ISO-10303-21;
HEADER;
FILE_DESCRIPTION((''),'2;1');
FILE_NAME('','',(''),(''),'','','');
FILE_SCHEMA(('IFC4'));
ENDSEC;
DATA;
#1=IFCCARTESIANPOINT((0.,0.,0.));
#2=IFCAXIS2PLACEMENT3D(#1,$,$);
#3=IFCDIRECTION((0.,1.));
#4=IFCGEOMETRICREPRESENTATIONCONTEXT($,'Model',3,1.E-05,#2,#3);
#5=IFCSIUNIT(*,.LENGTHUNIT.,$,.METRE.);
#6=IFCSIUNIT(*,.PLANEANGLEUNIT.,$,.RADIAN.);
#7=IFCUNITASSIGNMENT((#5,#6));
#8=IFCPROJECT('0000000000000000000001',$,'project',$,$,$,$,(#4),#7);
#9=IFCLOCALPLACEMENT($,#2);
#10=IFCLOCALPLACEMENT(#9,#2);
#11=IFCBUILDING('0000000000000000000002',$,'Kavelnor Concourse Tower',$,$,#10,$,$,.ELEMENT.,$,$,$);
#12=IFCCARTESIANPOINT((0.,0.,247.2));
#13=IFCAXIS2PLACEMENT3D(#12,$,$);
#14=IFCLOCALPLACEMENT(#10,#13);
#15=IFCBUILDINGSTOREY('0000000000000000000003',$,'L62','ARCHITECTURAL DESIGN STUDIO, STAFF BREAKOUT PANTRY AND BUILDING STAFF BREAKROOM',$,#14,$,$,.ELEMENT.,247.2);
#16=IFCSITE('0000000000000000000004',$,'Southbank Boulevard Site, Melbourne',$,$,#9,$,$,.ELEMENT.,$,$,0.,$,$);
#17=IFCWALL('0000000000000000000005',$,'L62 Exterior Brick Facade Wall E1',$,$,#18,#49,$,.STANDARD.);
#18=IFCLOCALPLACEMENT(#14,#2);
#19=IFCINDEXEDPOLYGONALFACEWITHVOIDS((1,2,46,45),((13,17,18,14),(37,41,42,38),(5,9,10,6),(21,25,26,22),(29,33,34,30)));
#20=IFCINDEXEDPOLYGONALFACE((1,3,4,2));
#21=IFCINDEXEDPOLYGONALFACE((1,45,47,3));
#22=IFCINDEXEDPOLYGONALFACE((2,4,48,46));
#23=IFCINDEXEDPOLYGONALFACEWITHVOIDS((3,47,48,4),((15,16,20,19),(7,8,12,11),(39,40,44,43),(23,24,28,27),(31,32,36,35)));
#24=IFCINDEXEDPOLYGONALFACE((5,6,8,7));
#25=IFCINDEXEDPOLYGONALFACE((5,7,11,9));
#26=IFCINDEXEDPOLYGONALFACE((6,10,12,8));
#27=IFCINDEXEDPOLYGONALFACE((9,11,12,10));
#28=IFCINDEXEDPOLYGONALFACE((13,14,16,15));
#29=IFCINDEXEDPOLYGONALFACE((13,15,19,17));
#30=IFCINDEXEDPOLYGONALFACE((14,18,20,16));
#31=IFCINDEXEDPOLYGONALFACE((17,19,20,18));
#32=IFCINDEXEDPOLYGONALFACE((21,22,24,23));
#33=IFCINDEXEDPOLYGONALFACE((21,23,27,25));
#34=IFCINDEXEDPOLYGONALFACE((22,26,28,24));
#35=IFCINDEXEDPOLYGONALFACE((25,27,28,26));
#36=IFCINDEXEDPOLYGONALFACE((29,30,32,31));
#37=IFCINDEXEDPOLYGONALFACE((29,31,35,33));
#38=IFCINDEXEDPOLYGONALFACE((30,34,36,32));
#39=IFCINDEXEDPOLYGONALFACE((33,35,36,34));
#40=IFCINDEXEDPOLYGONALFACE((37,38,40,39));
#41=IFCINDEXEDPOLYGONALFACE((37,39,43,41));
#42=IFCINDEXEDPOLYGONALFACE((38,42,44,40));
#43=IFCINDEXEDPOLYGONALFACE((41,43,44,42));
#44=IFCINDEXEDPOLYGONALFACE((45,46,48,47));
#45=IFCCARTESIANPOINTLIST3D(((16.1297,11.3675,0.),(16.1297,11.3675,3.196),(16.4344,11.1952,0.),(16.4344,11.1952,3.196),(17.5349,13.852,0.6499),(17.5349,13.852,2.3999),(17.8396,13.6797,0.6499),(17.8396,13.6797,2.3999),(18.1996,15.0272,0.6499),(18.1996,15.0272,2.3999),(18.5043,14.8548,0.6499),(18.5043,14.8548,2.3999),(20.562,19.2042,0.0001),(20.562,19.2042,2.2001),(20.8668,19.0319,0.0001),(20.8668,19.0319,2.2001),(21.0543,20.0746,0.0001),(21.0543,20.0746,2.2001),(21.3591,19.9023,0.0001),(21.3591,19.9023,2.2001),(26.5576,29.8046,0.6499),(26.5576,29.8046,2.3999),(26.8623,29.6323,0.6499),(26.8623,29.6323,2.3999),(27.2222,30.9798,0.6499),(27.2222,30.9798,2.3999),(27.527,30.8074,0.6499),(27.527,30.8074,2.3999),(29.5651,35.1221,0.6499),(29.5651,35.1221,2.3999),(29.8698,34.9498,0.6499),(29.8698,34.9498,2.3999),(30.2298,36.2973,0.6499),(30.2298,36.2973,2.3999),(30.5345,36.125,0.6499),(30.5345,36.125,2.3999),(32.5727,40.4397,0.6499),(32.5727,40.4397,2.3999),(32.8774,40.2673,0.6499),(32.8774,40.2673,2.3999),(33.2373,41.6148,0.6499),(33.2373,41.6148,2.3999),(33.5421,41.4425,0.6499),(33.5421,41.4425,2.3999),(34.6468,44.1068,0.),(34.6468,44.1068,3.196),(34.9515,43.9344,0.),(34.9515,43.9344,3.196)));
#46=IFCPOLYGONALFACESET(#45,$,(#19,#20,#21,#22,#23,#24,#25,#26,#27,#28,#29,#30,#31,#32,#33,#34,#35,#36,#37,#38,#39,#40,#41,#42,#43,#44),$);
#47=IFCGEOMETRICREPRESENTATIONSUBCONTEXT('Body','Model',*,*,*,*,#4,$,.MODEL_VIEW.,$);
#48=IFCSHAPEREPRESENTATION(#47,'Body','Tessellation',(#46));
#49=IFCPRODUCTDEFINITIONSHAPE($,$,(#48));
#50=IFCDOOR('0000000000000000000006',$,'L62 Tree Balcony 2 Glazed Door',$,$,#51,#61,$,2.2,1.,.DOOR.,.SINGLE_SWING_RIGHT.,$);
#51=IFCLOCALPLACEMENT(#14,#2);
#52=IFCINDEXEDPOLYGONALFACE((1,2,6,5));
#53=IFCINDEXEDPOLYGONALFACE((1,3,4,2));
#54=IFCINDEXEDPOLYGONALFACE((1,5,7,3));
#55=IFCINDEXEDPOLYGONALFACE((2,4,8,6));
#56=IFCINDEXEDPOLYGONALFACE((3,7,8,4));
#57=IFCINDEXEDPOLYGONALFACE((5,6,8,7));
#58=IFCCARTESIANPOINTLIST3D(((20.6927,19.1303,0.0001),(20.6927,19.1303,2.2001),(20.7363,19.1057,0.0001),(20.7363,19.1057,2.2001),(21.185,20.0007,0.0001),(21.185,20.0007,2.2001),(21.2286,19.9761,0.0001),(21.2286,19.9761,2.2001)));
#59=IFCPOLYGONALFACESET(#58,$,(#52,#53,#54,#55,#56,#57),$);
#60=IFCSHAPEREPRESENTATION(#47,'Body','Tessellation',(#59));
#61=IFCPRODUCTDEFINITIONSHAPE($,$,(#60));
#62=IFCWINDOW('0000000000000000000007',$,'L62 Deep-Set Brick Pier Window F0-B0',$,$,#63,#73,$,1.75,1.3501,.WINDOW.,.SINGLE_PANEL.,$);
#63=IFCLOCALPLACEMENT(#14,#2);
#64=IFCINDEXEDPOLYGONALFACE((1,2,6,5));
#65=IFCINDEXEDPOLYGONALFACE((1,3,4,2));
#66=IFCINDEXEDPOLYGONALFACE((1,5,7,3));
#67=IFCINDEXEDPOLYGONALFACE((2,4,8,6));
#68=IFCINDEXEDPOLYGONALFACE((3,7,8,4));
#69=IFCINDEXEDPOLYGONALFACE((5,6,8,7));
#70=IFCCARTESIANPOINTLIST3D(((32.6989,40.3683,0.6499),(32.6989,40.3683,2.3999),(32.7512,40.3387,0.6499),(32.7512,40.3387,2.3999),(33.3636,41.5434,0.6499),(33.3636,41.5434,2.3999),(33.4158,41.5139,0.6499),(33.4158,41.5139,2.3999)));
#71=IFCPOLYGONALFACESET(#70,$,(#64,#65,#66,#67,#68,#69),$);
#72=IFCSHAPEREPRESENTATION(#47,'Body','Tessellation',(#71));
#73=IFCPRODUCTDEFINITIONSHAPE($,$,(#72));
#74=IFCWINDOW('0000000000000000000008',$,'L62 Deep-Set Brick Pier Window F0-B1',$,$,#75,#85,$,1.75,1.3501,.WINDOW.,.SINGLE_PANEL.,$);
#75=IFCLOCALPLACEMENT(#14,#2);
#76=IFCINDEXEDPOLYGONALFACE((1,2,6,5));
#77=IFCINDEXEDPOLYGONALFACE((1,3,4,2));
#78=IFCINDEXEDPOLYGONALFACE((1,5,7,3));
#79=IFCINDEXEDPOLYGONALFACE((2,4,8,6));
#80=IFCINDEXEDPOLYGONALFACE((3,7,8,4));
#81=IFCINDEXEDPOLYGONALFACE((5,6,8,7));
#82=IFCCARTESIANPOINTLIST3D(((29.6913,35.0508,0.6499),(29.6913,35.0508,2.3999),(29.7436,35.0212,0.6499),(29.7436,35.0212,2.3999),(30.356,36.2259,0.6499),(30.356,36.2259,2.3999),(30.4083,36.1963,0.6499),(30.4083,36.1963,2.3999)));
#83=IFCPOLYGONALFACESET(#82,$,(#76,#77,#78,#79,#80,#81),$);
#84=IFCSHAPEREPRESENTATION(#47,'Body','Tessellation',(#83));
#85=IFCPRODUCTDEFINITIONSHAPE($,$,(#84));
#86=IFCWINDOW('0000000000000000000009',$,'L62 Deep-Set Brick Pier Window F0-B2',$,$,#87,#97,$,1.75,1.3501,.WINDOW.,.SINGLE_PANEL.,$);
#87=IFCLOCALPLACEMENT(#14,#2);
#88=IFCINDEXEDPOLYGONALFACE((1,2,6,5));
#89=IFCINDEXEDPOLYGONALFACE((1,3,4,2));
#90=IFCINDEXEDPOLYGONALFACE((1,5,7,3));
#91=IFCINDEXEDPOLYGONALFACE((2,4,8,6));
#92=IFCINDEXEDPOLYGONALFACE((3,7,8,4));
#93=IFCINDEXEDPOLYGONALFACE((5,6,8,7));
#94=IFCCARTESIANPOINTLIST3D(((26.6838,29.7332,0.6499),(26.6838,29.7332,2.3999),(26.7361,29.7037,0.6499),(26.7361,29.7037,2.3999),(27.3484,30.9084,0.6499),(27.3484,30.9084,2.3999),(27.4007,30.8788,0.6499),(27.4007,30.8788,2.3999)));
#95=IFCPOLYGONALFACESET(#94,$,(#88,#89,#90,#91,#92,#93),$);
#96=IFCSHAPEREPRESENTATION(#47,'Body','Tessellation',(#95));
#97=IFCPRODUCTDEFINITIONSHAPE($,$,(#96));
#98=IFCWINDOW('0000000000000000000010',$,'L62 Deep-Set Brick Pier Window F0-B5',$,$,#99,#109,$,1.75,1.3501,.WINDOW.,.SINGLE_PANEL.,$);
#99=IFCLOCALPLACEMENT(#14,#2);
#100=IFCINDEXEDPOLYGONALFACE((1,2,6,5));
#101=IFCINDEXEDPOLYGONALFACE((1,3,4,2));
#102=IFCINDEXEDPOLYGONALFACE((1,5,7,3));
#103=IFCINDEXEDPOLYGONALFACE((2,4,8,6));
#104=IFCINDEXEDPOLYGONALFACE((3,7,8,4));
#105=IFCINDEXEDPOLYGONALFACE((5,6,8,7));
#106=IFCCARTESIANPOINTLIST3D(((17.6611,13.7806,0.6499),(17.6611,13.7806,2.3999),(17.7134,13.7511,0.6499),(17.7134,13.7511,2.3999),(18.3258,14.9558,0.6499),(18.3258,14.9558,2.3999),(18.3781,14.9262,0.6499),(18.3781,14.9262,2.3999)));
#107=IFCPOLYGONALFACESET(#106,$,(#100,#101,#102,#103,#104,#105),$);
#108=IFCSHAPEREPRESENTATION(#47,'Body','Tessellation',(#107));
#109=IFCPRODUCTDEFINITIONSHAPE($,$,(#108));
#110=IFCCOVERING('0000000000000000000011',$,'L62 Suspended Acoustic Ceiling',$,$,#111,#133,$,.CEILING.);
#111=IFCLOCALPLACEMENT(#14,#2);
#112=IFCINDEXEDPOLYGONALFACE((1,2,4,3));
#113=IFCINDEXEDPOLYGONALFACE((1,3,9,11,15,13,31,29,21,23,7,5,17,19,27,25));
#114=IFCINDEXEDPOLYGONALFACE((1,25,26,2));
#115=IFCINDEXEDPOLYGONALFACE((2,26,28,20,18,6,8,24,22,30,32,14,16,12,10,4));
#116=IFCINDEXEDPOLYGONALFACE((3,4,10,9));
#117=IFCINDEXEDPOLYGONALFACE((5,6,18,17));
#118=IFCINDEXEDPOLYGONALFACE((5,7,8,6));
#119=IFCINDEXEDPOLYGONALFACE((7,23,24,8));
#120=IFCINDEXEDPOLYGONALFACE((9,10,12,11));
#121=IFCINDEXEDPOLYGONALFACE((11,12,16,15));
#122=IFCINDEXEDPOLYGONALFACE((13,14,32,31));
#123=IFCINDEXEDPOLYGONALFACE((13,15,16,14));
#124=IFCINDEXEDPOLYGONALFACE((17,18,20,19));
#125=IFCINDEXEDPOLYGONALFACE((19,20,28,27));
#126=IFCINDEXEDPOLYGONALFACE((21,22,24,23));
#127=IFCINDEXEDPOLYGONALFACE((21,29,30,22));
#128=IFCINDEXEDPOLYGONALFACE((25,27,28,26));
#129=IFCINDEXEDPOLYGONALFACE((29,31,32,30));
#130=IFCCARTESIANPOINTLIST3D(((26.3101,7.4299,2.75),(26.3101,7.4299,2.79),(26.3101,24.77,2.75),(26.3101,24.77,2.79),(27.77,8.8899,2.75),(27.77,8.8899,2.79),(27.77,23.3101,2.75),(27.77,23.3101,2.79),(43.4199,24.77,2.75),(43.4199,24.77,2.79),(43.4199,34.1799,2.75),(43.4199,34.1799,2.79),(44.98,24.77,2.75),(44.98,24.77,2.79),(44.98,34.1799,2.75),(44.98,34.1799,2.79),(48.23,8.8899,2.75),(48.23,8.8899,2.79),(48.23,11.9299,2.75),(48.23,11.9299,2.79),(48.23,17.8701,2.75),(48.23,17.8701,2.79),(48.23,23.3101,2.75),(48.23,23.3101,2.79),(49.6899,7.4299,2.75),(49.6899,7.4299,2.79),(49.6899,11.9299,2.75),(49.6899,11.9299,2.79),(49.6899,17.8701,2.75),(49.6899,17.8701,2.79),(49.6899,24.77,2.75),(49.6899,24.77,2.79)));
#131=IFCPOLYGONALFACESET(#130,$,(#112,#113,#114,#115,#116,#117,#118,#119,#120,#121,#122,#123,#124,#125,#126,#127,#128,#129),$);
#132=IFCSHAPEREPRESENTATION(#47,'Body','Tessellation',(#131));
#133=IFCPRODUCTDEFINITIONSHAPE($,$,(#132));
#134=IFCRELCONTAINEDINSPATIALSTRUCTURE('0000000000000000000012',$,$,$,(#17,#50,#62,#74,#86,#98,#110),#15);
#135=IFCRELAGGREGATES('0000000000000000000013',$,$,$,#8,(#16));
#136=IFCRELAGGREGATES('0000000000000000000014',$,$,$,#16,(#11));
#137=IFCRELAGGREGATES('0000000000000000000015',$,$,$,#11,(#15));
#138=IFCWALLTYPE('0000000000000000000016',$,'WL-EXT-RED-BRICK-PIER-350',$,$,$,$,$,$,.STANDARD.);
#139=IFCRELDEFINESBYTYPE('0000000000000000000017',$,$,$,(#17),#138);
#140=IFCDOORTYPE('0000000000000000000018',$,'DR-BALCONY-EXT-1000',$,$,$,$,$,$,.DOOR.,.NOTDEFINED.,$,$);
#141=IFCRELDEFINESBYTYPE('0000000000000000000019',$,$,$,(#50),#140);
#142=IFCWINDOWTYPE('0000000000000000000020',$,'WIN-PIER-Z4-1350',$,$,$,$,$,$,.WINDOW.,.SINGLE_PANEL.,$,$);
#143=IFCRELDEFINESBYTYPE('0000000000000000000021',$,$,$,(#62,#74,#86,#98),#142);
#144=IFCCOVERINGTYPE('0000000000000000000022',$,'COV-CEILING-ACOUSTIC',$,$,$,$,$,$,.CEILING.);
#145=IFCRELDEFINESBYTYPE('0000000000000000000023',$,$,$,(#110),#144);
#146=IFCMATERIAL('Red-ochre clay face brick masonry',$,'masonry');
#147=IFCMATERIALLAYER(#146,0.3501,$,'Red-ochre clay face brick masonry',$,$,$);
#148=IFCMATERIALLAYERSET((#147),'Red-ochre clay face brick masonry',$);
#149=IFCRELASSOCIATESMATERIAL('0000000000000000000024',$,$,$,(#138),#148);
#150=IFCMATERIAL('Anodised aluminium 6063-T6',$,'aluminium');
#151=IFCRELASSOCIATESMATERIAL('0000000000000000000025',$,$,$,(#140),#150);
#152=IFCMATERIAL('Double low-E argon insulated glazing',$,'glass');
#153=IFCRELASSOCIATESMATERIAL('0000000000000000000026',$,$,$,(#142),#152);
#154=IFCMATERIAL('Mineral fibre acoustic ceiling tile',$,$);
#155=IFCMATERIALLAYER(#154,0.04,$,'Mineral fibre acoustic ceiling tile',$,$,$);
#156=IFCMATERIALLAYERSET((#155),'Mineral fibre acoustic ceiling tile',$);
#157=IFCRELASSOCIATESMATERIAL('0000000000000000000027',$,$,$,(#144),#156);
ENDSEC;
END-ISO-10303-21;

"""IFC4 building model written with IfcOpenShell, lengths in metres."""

from ifc_helpers import new_model, si_unit, direction, frame, frame_2d, origin, place, context, subcontext, project, spatial, polyline, rectangle, outline, extrude, material, layer, layer_set, type_object, element, fill, save


model = new_model("IFC4")

# Units and contexts
model_context = context("Model", 3, precision=1e-05, world=origin(), true_north=direction((0.0, 1.0)))
body_context = subcontext(model_context, "Body", "Model", "MODEL_VIEW")
ifc_project = project(units=[si_unit("LENGTHUNIT", "METRE"), si_unit("PLANEANGLEUNIT", "RADIAN")], contexts=[model_context])

# Site, building, storey
site_placement = place(None, origin())
site = spatial("IfcSite", under=ifc_project, at=site_placement, Name="Southbank Boulevard Site, Melbourne", CompositionType="ELEMENT", RefElevation=0.0)
building_placement = place(site_placement, origin())
building = spatial("IfcBuilding", under=site, at=building_placement, Name="Kavelnor Concourse Tower", CompositionType="ELEMENT")
storey_placement = place(building_placement, frame((0.0, 0.0, 247.2)))
storey = spatial("IfcBuildingStorey", under=building, at=storey_placement, Name="L62", Description="ARCHITECTURAL DESIGN STUDIO, STAFF BREAKOUT PANTRY AND BUILDING STAFF BREAKROOM", CompositionType="ELEMENT", Elevation=247.2)

# Shared definitions
ifc_material_1 = material(Name="Double low-E argon insulated glazing", Category="glass")

# Wall, openings, door, windows
ifc_material_2 = material(Name="Red-ochre clay face brick masonry", Category="masonry")
ifc_layer_1 = layer(ifc_material_2, 0.3501, Name="Red-ochre clay face brick masonry")
ifc_layer_set_1 = layer_set([ifc_layer_1], Name="Red-ochre clay face brick masonry")
wall_type_1 = type_object("IfcWallType", Name="WL-EXT-RED-BRICK-PIER-350", PredefinedType="STANDARD", material=ifc_layer_set_1)
wall_1_placement = place(storey_placement, frame((16.282, 11.2812, 0.0), z_axis=(0.0, 0.0, 1.0), x_axis=(0.492305, 0.870423, 0.0)))
wall_1 = element("IfcWall", 1, at=wall_1_placement, inside=storey, type_object=wall_type_1, Name="L62 Exterior Brick Facade Wall E1", PredefinedType="STANDARD", context=body_context, shape_type="SweptSolid", body=[
    extrude(rectangle(XDim=37.613, YDim=0.3501, at=frame_2d((18.8066, 0.0))), origin(), (0.0, 0.0, 1.0), 3.196),
])
opening_1_placement = place(wall_1_placement, frame((9.0034, 0.0, 0.0)))
opening_1 = element("IfcOpeningElement", 2, at=opening_1_placement, cuts=wall_1, PredefinedType="OPENING", context=body_context, shape_type="SweptSolid", body=[
    extrude(rectangle(XDim=1.0, YDim=2.2, at=frame_2d((0.5, 1.1001))), frame((0.0, 0.1851, 0.0), z_axis=(0.0, -1.0, 0.0), x_axis=(1.0, 0.0, 0.0)), (0.0, 0.0, 1.0), 0.3701),
])
opening_2_placement = place(wall_1_placement, frame((33.4001, 0.0, 0.6499)))
opening_2 = element("IfcOpeningElement", 3, at=opening_2_placement, cuts=wall_1, PredefinedType="OPENING", context=body_context, shape_type="SweptSolid", body=[
    extrude(rectangle(XDim=1.3501, YDim=1.75, at=frame_2d((0.675, 0.875))), frame((0.0, 0.1851, 0.0), z_axis=(0.0, -1.0, 0.0), x_axis=(1.0, 0.0, 0.0)), (0.0, 0.0, 1.0), 0.3701),
])
opening_3_placement = place(wall_1_placement, frame((27.291, 0.0, 0.6499)))
opening_3 = element("IfcOpeningElement", 4, at=opening_3_placement, cuts=wall_1, PredefinedType="OPENING", context=body_context, shape_type="SweptSolid", body=[
    extrude(rectangle(XDim=1.3501, YDim=1.75, at=frame_2d((0.675, 0.875))), frame((0.0, 0.1851, 0.0), z_axis=(0.0, -1.0, 0.0), x_axis=(1.0, 0.0, 0.0)), (0.0, 0.0, 1.0), 0.3701),
])
opening_4_placement = place(wall_1_placement, frame((21.1819, 0.0, 0.6499)))
opening_4 = element("IfcOpeningElement", 5, at=opening_4_placement, cuts=wall_1, PredefinedType="OPENING", context=body_context, shape_type="SweptSolid", body=[
    extrude(rectangle(XDim=1.3501, YDim=1.75, at=frame_2d((0.675, 0.875))), frame((0.0, 0.1851, 0.0), z_axis=(0.0, -1.0, 0.0), x_axis=(1.0, 0.0, 0.0)), (0.0, 0.0, 1.0), 0.3701),
])
opening_5_placement = place(wall_1_placement, frame((2.8545, 0.0, 0.6499)))
opening_5 = element("IfcOpeningElement", 6, at=opening_5_placement, cuts=wall_1, PredefinedType="OPENING", context=body_context, shape_type="SweptSolid", body=[
    extrude(rectangle(XDim=1.3501, YDim=1.75, at=frame_2d((0.675, 0.875))), frame((0.0, 0.1851, 0.0), z_axis=(0.0, -1.0, 0.0), x_axis=(1.0, 0.0, 0.0)), (0.0, 0.0, 1.0), 0.3701),
])
ifc_material_3 = material(Name="Anodised aluminium 6063-T6", Category="aluminium")
door_type = type_object("IfcDoorType", Name="DR-BALCONY-EXT-1000", OperationType="NOTDEFINED", PredefinedType="DOOR", material=ifc_material_3)
door_placement = place(opening_1_placement, origin())
door = element("IfcDoor", 7, at=door_placement, inside=storey, type_object=door_type, Name="L62 Tree Balcony 2 Glazed Door", OperationType="SINGLE_SWING_RIGHT", OverallHeight=2.2, OverallWidth=1.0, PredefinedType="DOOR", context=body_context, shape_type="SweptSolid", body=[
    extrude(rectangle(XDim=1.0, YDim=2.2, at=frame_2d((0.5, 1.1001))), frame((0.0, 0.0249, 0.0), z_axis=(0.0, -1.0, 0.0), x_axis=(1.0, 0.0, 0.0)), (0.0, 0.0, 1.0), 0.05),
])
fill(opening_1, door)
window_type_1 = type_object("IfcWindowType", Name="WIN-PIER-Z4-1350", PartitioningType="SINGLE_PANEL", PredefinedType="WINDOW", material=ifc_material_1)
window_1_placement = place(opening_2_placement, origin())
window_1 = element("IfcWindow", 8, at=window_1_placement, inside=storey, type_object=window_type_1, Name="L62 Deep-Set Brick Pier Window F0-B0", OverallHeight=1.75, OverallWidth=1.3501, PartitioningType="SINGLE_PANEL", PredefinedType="WINDOW", context=body_context, shape_type="SweptSolid", body=[
    extrude(rectangle(XDim=1.3501, YDim=1.75, at=frame_2d((0.675, 0.875))), frame((0.0, 0.03, 0.0), z_axis=(0.0, -1.0, 0.0), x_axis=(1.0, 0.0, 0.0)), (0.0, 0.0, 1.0), 0.0601),
])
fill(opening_2, window_1)
window_2_placement = place(opening_3_placement, origin())
window_2 = element("IfcWindow", 9, at=window_2_placement, inside=storey, type_object=window_type_1, Name="L62 Deep-Set Brick Pier Window F0-B1", OverallHeight=1.75, OverallWidth=1.3501, PartitioningType="SINGLE_PANEL", PredefinedType="WINDOW", context=body_context, shape_type="SweptSolid", body=[
    extrude(rectangle(XDim=1.3501, YDim=1.75, at=frame_2d((0.675, 0.875))), frame((0.0, 0.03, 0.0), z_axis=(0.0, -1.0, 0.0), x_axis=(1.0, 0.0, 0.0)), (0.0, 0.0, 1.0), 0.0601),
])
fill(opening_3, window_2)
window_3_placement = place(opening_4_placement, origin())
window_3 = element("IfcWindow", 10, at=window_3_placement, inside=storey, type_object=window_type_1, Name="L62 Deep-Set Brick Pier Window F0-B2", OverallHeight=1.75, OverallWidth=1.3501, PartitioningType="SINGLE_PANEL", PredefinedType="WINDOW", context=body_context, shape_type="SweptSolid", body=[
    extrude(rectangle(XDim=1.3501, YDim=1.75, at=frame_2d((0.675, 0.875))), frame((0.0, 0.03, 0.0), z_axis=(0.0, -1.0, 0.0), x_axis=(1.0, 0.0, 0.0)), (0.0, 0.0, 1.0), 0.0601),
])
fill(opening_4, window_3)
window_4_placement = place(opening_5_placement, origin())
window_4 = element("IfcWindow", 11, at=window_4_placement, inside=storey, type_object=window_type_1, Name="L62 Deep-Set Brick Pier Window F0-B5", OverallHeight=1.75, OverallWidth=1.3501, PartitioningType="SINGLE_PANEL", PredefinedType="WINDOW", context=body_context, shape_type="SweptSolid", body=[
    extrude(rectangle(XDim=1.3501, YDim=1.75, at=frame_2d((0.675, 0.875))), frame((0.0, 0.03, 0.0), z_axis=(0.0, -1.0, 0.0), x_axis=(1.0, 0.0, 0.0)), (0.0, 0.0, 1.0), 0.0601),
])
fill(opening_5, window_4)

# Covering
ifc_material_4 = material(Name="Mineral fibre acoustic ceiling tile")
ifc_layer_2 = layer(ifc_material_4, 0.04, Name="Mineral fibre acoustic ceiling tile")
ifc_layer_set_2 = layer_set([ifc_layer_2], Name="Mineral fibre acoustic ceiling tile")
covering_type = type_object("IfcCoveringType", Name="COV-CEILING-ACOUSTIC", PredefinedType="CEILING", material=ifc_layer_set_2)
covering_placement = place(storey_placement, frame((0.0, 0.0, 2.75)))
element("IfcCovering", 12, at=covering_placement, inside=storey, type_object=covering_type, Name="L62 Suspended Acoustic Ceiling", PredefinedType="CEILING", context=body_context, shape_type="SweptSolid", body=[
    extrude(outline(polyline([(44.98, 24.77), (49.6899, 24.77), (49.6899, 17.8701), (48.23, 17.8701), (48.23, 23.3101), (27.77, 23.3101), (27.77, 8.8899), (48.23, 8.8899), (48.23, 11.9299), (49.6899, 11.9299), (49.6899, 7.4299), (26.3101, 7.4299), (26.3101, 24.77), (43.4199, 24.77), (43.4199, 34.1799), (44.98, 34.1799), (44.98, 24.77)])), origin(), (0.0, 0.0, 1.0), 0.04),
])

save(model, "model.ifc")
